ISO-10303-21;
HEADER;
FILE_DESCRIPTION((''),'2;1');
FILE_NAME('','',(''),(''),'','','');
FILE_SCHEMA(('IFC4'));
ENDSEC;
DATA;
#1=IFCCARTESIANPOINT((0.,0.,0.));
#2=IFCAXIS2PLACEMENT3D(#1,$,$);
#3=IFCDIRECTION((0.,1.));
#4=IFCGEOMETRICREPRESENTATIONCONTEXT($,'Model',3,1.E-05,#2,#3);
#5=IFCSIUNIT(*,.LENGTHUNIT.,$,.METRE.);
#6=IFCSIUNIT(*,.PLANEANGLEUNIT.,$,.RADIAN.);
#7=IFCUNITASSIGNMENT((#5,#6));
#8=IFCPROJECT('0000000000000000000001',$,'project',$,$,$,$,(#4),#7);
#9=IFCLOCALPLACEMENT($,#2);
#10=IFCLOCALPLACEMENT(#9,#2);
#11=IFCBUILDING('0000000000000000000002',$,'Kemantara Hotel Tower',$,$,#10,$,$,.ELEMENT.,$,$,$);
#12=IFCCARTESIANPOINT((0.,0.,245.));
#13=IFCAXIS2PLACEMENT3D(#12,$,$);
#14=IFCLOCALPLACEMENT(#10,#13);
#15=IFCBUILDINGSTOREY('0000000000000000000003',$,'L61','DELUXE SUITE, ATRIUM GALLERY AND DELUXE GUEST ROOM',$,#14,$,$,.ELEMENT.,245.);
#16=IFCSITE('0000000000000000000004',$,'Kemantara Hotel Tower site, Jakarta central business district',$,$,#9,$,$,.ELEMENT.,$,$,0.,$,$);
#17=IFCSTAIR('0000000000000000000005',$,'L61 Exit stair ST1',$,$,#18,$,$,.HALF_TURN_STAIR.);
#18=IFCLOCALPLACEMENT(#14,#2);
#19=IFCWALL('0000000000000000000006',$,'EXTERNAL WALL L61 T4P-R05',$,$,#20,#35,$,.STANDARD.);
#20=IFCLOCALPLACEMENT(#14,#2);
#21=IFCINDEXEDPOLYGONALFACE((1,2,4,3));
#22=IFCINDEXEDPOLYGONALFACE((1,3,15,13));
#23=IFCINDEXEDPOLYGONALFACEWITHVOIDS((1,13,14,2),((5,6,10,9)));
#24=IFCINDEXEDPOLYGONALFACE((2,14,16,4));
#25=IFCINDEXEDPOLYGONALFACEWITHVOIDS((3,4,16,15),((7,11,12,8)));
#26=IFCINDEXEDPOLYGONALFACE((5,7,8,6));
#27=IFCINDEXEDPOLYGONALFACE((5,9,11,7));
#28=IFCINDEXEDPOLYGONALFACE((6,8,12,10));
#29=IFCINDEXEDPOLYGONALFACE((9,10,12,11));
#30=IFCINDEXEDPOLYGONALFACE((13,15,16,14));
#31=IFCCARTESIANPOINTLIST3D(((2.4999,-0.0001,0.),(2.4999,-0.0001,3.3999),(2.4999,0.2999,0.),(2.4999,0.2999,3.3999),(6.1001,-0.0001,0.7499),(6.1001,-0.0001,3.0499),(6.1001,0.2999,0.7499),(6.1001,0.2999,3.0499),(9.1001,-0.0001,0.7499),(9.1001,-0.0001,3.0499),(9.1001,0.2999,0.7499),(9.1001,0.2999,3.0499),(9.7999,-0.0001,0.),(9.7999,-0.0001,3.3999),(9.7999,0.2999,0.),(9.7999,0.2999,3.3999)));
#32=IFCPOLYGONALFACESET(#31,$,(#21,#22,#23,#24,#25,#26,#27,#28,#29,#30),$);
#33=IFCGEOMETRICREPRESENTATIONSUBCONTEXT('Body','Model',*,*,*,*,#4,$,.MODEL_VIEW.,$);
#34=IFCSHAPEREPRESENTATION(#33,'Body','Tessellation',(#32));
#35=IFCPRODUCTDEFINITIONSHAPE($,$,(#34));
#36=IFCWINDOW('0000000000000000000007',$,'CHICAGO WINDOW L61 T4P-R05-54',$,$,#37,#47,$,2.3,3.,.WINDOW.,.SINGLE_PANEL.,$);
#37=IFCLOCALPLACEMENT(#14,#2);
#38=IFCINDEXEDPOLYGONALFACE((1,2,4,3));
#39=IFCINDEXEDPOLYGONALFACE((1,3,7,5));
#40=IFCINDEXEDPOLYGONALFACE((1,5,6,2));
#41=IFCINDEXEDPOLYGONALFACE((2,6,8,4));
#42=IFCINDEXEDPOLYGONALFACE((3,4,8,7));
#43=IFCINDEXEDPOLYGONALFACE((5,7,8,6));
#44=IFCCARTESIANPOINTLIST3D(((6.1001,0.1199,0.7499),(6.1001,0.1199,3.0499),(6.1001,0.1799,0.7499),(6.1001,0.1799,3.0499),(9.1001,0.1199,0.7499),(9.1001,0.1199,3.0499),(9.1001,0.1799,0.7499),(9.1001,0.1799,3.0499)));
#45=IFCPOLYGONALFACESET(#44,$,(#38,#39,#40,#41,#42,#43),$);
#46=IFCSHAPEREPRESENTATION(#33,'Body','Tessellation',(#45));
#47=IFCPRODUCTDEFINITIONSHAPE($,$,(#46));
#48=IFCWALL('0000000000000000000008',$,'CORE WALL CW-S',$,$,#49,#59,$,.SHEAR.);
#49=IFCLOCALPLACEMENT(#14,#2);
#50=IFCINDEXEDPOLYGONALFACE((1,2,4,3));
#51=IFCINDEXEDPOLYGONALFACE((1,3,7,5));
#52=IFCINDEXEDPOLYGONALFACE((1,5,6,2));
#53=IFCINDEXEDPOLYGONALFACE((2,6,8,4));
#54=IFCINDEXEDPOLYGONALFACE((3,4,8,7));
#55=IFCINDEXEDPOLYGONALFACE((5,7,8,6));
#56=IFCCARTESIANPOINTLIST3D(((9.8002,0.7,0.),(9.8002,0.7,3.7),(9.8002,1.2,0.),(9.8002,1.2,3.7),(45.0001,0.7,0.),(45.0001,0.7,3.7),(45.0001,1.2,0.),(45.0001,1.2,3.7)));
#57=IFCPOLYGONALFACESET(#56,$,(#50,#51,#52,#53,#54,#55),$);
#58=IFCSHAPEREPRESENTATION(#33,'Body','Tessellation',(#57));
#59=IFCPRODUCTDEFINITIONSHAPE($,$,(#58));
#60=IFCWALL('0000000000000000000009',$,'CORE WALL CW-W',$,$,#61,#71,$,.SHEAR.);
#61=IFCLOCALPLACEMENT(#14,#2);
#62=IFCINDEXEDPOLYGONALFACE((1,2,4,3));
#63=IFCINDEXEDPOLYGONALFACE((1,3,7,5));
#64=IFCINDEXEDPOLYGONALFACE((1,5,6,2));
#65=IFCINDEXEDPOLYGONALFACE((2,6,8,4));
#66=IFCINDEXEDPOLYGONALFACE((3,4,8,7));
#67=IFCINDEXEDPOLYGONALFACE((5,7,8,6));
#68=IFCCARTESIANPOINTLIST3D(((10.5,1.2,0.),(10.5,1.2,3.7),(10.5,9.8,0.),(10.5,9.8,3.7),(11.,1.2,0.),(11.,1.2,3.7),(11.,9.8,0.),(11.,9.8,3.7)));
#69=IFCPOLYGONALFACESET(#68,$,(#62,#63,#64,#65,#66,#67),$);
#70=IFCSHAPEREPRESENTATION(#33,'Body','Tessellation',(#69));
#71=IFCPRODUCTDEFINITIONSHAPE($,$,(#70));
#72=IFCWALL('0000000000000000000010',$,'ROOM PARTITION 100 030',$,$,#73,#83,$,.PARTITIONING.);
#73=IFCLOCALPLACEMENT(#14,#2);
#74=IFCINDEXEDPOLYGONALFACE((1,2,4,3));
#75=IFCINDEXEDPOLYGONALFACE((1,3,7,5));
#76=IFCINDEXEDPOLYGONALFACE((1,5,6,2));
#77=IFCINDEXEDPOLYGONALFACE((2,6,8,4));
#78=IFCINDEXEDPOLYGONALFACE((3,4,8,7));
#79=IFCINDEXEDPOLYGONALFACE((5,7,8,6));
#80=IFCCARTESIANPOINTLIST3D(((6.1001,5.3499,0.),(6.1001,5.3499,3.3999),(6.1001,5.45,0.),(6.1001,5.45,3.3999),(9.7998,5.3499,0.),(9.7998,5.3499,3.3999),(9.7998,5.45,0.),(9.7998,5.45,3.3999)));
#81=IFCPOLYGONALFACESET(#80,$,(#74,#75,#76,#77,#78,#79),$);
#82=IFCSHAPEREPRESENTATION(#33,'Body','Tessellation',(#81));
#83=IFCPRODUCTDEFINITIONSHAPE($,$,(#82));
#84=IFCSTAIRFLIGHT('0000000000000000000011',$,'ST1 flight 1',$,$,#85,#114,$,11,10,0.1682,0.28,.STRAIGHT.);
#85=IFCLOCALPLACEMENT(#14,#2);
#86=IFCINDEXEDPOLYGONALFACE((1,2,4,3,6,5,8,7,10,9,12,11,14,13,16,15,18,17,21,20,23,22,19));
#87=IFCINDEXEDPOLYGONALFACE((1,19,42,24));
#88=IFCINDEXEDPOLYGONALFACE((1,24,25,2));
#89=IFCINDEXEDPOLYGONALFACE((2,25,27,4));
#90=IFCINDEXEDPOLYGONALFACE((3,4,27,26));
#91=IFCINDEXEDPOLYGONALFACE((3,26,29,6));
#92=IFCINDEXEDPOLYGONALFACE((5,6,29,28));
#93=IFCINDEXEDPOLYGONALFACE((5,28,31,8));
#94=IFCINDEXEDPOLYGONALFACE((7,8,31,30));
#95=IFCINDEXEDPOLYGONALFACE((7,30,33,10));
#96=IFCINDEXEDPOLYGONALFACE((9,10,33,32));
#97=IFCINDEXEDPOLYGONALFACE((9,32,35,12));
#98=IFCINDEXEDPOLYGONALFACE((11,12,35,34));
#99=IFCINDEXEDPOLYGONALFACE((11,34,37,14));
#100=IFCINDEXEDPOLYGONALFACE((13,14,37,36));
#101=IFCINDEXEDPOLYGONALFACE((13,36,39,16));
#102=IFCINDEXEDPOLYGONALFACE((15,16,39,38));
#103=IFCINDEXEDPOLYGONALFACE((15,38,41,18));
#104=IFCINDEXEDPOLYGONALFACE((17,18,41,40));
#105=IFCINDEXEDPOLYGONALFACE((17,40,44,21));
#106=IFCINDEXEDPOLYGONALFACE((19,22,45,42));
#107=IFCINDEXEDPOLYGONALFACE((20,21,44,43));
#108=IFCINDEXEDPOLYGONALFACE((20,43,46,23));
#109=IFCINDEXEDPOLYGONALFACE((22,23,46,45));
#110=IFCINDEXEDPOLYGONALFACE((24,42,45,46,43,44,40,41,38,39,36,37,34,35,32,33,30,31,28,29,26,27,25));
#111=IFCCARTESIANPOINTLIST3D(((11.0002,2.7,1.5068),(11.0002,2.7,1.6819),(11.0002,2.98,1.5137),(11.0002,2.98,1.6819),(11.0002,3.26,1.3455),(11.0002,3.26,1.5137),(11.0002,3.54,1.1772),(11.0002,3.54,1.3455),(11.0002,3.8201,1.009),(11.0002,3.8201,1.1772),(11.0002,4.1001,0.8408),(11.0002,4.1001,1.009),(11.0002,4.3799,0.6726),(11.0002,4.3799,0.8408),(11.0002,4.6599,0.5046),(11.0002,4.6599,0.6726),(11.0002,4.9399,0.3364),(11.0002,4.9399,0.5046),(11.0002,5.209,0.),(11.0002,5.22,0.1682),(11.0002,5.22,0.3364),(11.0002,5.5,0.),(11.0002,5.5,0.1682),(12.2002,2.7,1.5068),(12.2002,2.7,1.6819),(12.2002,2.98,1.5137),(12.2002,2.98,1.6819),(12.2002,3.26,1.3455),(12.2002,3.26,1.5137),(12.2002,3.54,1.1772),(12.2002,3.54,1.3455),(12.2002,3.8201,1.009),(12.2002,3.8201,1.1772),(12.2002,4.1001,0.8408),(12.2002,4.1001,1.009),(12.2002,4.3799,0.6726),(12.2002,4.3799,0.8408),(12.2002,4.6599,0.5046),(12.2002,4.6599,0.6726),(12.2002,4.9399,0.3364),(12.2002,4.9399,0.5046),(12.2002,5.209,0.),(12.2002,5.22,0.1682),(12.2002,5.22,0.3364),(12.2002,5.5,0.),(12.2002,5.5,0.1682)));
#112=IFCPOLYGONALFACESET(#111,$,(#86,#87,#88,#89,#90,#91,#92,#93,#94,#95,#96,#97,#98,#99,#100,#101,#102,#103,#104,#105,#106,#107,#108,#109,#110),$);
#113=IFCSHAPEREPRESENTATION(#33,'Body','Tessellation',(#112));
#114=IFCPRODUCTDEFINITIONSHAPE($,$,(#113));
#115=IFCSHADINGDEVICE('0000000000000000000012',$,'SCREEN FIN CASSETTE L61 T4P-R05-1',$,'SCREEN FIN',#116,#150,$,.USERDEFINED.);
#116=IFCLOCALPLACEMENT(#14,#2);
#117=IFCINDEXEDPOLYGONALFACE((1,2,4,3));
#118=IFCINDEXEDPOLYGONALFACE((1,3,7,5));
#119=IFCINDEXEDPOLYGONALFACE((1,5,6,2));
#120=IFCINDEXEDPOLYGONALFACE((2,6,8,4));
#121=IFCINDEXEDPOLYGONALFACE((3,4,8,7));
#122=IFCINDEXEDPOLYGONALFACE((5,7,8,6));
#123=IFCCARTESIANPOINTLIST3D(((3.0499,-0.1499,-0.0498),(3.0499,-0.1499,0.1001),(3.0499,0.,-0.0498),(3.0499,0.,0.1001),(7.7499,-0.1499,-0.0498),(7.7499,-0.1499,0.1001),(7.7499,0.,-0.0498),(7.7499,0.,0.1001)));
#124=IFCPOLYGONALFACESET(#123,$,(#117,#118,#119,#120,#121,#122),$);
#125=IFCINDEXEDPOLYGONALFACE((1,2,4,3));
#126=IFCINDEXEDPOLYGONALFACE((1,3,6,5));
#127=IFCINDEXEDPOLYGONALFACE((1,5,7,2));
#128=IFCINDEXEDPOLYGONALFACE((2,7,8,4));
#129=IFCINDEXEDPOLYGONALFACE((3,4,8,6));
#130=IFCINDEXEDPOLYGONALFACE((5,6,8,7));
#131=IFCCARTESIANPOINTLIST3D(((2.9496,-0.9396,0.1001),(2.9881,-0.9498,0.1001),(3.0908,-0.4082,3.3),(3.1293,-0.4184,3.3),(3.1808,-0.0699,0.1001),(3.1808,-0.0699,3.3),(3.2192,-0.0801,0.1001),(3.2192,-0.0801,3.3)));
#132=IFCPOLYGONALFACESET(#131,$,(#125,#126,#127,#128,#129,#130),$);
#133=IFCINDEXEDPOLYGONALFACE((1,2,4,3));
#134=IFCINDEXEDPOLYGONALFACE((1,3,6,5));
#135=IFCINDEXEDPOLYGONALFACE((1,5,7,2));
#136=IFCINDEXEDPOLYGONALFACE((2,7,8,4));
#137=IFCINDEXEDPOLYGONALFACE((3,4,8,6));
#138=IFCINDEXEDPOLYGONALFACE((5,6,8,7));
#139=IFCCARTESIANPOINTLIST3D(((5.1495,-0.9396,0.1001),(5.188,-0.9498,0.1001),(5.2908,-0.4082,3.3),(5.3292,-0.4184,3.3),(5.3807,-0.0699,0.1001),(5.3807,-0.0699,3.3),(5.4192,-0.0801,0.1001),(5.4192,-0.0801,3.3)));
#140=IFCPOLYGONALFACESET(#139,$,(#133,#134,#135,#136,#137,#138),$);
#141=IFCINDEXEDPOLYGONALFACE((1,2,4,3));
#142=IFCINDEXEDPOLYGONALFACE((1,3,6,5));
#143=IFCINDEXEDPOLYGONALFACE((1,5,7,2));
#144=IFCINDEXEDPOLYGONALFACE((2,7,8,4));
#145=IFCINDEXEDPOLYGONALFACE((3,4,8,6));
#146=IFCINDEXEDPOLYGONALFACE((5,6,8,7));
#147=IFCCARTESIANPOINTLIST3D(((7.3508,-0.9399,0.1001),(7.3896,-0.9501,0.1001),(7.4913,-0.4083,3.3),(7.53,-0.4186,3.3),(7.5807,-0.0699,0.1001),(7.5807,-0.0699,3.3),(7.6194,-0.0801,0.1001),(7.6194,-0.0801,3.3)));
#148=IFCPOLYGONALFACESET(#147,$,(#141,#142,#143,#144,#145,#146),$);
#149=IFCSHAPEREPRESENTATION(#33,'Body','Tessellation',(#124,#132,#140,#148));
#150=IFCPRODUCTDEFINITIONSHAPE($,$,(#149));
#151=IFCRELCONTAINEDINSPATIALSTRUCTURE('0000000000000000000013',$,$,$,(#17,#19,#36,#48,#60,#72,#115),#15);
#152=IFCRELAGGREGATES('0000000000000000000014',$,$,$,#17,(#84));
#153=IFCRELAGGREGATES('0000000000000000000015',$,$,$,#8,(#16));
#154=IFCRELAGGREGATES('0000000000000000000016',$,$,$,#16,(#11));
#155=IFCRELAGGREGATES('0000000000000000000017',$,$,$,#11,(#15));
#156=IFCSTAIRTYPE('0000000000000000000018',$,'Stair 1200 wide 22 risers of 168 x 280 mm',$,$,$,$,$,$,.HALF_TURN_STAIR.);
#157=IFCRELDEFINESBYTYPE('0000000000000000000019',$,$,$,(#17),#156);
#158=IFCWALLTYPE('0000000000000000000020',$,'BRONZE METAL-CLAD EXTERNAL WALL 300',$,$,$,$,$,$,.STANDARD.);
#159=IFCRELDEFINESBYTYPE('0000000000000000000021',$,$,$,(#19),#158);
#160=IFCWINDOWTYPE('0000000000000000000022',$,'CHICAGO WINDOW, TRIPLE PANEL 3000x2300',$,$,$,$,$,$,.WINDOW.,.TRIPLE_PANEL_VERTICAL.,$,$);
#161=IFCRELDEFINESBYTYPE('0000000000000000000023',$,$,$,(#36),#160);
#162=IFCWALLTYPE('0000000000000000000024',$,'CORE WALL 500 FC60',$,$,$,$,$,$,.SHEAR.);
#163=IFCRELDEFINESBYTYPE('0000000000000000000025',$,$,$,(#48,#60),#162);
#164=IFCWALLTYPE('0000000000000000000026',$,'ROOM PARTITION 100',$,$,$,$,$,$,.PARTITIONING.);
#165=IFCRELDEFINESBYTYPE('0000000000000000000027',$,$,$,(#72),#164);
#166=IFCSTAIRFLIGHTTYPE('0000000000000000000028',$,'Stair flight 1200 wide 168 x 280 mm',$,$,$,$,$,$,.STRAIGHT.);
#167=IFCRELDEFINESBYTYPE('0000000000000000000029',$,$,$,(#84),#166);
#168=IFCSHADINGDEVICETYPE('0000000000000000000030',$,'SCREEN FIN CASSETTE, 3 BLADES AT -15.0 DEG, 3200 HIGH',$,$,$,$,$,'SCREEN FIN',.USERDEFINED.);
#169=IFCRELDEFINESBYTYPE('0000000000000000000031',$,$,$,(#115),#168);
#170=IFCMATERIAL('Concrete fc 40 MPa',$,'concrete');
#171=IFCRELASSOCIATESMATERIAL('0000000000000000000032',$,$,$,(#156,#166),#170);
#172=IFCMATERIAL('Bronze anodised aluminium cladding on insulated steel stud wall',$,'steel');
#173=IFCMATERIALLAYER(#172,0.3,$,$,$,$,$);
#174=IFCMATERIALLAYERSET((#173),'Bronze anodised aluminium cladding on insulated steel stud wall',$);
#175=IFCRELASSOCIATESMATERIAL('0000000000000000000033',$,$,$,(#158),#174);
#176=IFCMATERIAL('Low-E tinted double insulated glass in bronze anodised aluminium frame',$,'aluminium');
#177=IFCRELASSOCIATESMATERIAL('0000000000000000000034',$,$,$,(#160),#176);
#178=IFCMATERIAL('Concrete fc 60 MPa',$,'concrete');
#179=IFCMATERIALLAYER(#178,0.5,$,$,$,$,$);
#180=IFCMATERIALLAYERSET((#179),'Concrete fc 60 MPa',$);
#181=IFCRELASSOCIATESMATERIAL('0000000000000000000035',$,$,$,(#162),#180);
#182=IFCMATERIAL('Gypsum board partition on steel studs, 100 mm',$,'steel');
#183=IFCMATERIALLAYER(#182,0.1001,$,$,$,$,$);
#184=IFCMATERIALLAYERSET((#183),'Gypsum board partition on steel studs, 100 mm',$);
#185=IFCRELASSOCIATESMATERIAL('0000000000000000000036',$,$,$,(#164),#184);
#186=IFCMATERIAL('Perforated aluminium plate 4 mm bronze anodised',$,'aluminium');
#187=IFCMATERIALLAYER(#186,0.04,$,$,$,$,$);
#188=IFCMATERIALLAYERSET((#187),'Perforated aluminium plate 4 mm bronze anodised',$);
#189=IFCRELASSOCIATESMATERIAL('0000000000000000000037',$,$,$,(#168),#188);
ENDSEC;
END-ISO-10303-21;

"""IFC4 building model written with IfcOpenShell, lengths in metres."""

from ifc_helpers import new_model, si_unit, direction, frame, frame_2d, origin, origin_2d, place, context, subcontext, project, spatial, polyline, rectangle, outline, extrude, source, transform, mapped, material, layer, layer_set, type_object, element, fill, aggregate, save


model = new_model("IFC4")

# Units and contexts
model_context = context("Model", 3, precision=1e-05, world=origin(), true_north=direction((0.0, 1.0)))
body_context = subcontext(model_context, "Body", "Model", "MODEL_VIEW")
ifc_project = project(units=[si_unit("LENGTHUNIT", "METRE"), si_unit("PLANEANGLEUNIT", "RADIAN")], contexts=[model_context])

# Site, building, storey
site_placement = place(None, origin())
site = spatial("IfcSite", under=ifc_project, at=site_placement, Name="Kemantara Hotel Tower site, Jakarta central business district", CompositionType="ELEMENT", RefElevation=0.0)
building_placement = place(site_placement, origin())
building = spatial("IfcBuilding", under=site, at=building_placement, Name="Kemantara Hotel Tower", CompositionType="ELEMENT")
storey_placement = place(building_placement, frame((0.0, 0.0, 245.0)))
storey = spatial("IfcBuildingStorey", under=building, at=storey_placement, Name="L61", Description="DELUXE SUITE, ATRIUM GALLERY AND DELUXE GUEST ROOM", CompositionType="ELEMENT", Elevation=245.0)

# Shared definitions
ifc_material_1 = material(Name="Concrete fc 60 MPa", Category="concrete")

# Shared definitions
ifc_material_2 = material(Name="Concrete fc 40 MPa", Category="concrete")

# Stair
stair_type_1 = type_object("IfcStairType", Name="Stair 1200 wide 22 risers of 168 x 280 mm", PredefinedType="HALF_TURN_STAIR", material=ifc_material_2)
stair_1_placement = place(storey_placement, origin())
stair_1 = element("IfcStair", 1, at=stair_1_placement, inside=storey, type_object=stair_type_1, Name="L61 Exit stair ST1", PredefinedType="HALF_TURN_STAIR")

# Shared definitions
ifc_material_3 = material(Name="Bronze anodised aluminium cladding on insulated steel stud wall", Category="steel")
ifc_layer_1 = layer(ifc_material_3, 0.3)
ifc_layer_set_1 = layer_set([ifc_layer_1], Name="Bronze anodised aluminium cladding on insulated steel stud wall")
wall_type_1 = type_object("IfcWallType", Name="BRONZE METAL-CLAD EXTERNAL WALL 300", PredefinedType="STANDARD", material=ifc_layer_set_1)

# Wall, opening, window
wall_1_placement = place(storey_placement, frame((2.5, 0.1499, 0.0), z_axis=(0.0, 0.0, 1.0), x_axis=(1.0, 0.0, 0.0)))
wall_1 = element("IfcWall", 2, at=wall_1_placement, inside=storey, type_object=wall_type_1, Name="EXTERNAL WALL L61 T4P-R05", PredefinedType="STANDARD", context=body_context, shape_type="SweptSolid", body=[
    extrude(rectangle(XDim=7.3, YDim=0.3, at=frame_2d((3.6499, 0.0))), origin(), (0.0, 0.0, 1.0), 3.3999),
])
opening_placement = place(wall_1_placement, frame((3.6001, 0.0, 0.75)))
opening = element("IfcOpeningElement", 3, at=opening_placement, cuts=wall_1, PredefinedType="OPENING", context=body_context, shape_type="SweptSolid", body=[
    extrude(rectangle(XDim=3.0, YDim=2.3, at=frame_2d((1.5, 1.1499))), frame((0.0, 0.1599, 0.0), z_axis=(0.0, -1.0, 0.0), x_axis=(1.0, 0.0, 0.0)), (0.0, 0.0, 1.0), 0.3201),
])
ifc_material_4 = material(Name="Low-E tinted double insulated glass in bronze anodised aluminium frame", Category="aluminium")
window_type = type_object("IfcWindowType", Name="CHICAGO WINDOW, TRIPLE PANEL 3000x2300", PartitioningType="TRIPLE_PANEL_VERTICAL", PredefinedType="WINDOW", material=ifc_material_4)
window_placement = place(opening_placement, origin())
window = element("IfcWindow", 4, at=window_placement, inside=storey, type_object=window_type, Name="CHICAGO WINDOW L61 T4P-R05-54", OverallHeight=2.3, OverallWidth=3.0, PartitioningType="SINGLE_PANEL", PredefinedType="WINDOW", context=body_context, shape_type="SweptSolid", body=[
    extrude(rectangle(XDim=3.0, YDim=2.3, at=frame_2d((1.5, 1.1499))), frame((0.0, 0.03, 0.0), z_axis=(0.0, -1.0, 0.0), x_axis=(1.0, 0.0, 0.0)), (0.0, 0.0, 1.0), 0.0601),
])
fill(opening, window)

# Walls
ifc_layer_2 = layer(ifc_material_1, 0.5)
ifc_layer_set_2 = layer_set([ifc_layer_2], Name="Concrete fc 60 MPa")
wall_type_2 = type_object("IfcWallType", Name="CORE WALL 500 FC60", PredefinedType="SHEAR", material=ifc_layer_set_2)
wall_2_placement = place(storey_placement, frame((9.8, 0.95, 0.0), z_axis=(0.0, 0.0, 1.0), x_axis=(1.0, 0.0, 0.0)))
element("IfcWall", 5, at=wall_2_placement, inside=storey, type_object=wall_type_2, Name="CORE WALL CW-S", PredefinedType="SHEAR", context=body_context, shape_type="SweptSolid", body=[
    extrude(rectangle(XDim=35.2, YDim=0.5, at=frame_2d((17.6001, 0.0))), origin(), (0.0, 0.0, 1.0), 3.7),
])
wall_3_placement = place(storey_placement, frame((10.75, 1.2, 0.0), z_axis=(0.0, 0.0, 1.0), x_axis=(0.0, 1.0, 0.0)))
element("IfcWall", 6, at=wall_3_placement, inside=storey, type_object=wall_type_2, Name="CORE WALL CW-W", PredefinedType="SHEAR", context=body_context, shape_type="SweptSolid", body=[
    extrude(rectangle(XDim=8.6001, YDim=0.5, at=frame_2d((4.3, 0.0))), origin(), (0.0, 0.0, 1.0), 3.7),
])
ifc_material_5 = material(Name="Gypsum board partition on steel studs, 100 mm", Category="steel")
ifc_layer_3 = layer(ifc_material_5, 0.1001)
ifc_layer_set_3 = layer_set([ifc_layer_3], Name="Gypsum board partition on steel studs, 100 mm")
wall_type_3 = type_object("IfcWallType", Name="ROOM PARTITION 100", PredefinedType="PARTITIONING", material=ifc_layer_set_3)
wall_4_placement = place(storey_placement, frame((6.1001, 5.3999, 0.0), z_axis=(0.0, 0.0, 1.0), x_axis=(1.0, 0.0, 0.0)))
element("IfcWall", 7, at=wall_4_placement, inside=storey, type_object=wall_type_3, Name="ROOM PARTITION 100 030", PredefinedType="PARTITIONING", context=body_context, shape_type="SweptSolid", body=[
    extrude(rectangle(XDim=3.6997, YDim=0.1001, at=frame_2d((1.8499, 0.0))), origin(), (0.0, 0.0, 1.0), 3.3999),
])

# Stair flight
stair_flight_type = type_object("IfcStairFlightType", Name="Stair flight 1200 wide 168 x 280 mm", PredefinedType="STRAIGHT", material=ifc_material_2)
stair_flight_placement = place(storey_placement, frame((11.6001, 5.5, 0.0), z_axis=(0.0, 0.0, 1.0), x_axis=(0.0, -1.0, 0.0)))
stair_flight = element("IfcStairFlight", 8, at=stair_flight_placement, type_object=stair_flight_type, Name="ST1 flight 1", NumberOfRisers=11, NumberOfTreads=10, PredefinedType="STRAIGHT", RiserHeight=0.1682, TreadLength=0.28, context=body_context, shape_type="SweptSolid", body=[
    extrude(outline(polyline([(0.0, 0.0), (0.0, 0.1682), (0.28, 0.1682), (0.28, 0.3364), (0.5601, 0.3364), (0.5601, 0.5046), (0.8401, 0.5046), (0.8401, 0.6726), (1.1201, 0.6726), (1.1201, 0.8408), (1.3999, 0.8408), (1.3999, 1.009), (1.6799, 1.009), (1.6799, 1.1772), (1.96, 1.1772), (1.96, 1.3455), (2.24, 1.3455), (2.24, 1.5137), (2.52, 1.5137), (2.52, 1.6819), (2.8, 1.6819), (2.8, 1.8501), (2.8, 1.5068), (0.291, 0.0), (0.0, 0.0)])), frame((0.0, 0.6001, 0.0), z_axis=(0.0, -1.0, 0.0), x_axis=(1.0, 0.0, 0.0)), (0.0, 0.0, 1.0), 1.2),
])
aggregate(stair_1, [stair_flight])

# Shading device
ifc_material_6 = material(Name="Perforated aluminium plate 4 mm bronze anodised", Category="aluminium")
ifc_layer_4 = layer(ifc_material_6, 0.04)
ifc_layer_set_4 = layer_set([ifc_layer_4], Name="Perforated aluminium plate 4 mm bronze anodised")
shading_device_type_1 = type_object("IfcShadingDeviceType", Name="SCREEN FIN CASSETTE, 3 BLADES AT -15.0 DEG, 3200 HIGH", ElementType="SCREEN FIN", PredefinedType="USERDEFINED", material=ifc_layer_set_4)
shared_shape_1 = source(origin(), body_context, "Body", "SweptSolid", [
    extrude(rectangle(XDim=4.7, YDim=0.1499, at=origin_2d()), frame((2.2, -0.075, -0.1499), z_axis=(0.0, 0.0, 1.0), x_axis=(1.0, 0.0, 0.0)), (0.0, 0.0, 1.0), 0.1499),
    extrude(outline(polyline([(0.0, 0.0), (0.8999, 0.0), (0.3501, 3.2), (0.0, 3.2), (0.0, 0.0)])), frame((0.0193, -0.0801, 0.0), z_axis=(-0.966438, 0.256901, 0.0), x_axis=(-0.256901, -0.966438, 0.0)), (0.0, 0.0, 1.0), 0.0398),
    extrude(outline(polyline([(0.0, 0.0), (0.8999, 0.0), (0.3501, 3.2), (0.0, 3.2), (0.0, 0.0)])), frame((2.2192, -0.0801, 0.0), z_axis=(-0.966438, 0.256901, 0.0), x_axis=(-0.256901, -0.966438, 0.0)), (0.0, 0.0, 1.0), 0.0398),
    extrude(outline(polyline([(0.0, 0.0), (0.8999, 0.0), (0.3501, 3.2), (0.0, 3.2), (0.0, 0.0)])), frame((4.4194, -0.0801, 0.0), z_axis=(-0.966838, 0.255391, 0.0), x_axis=(-0.255391, -0.966838, 0.0)), (0.0, 0.0, 1.0), 0.04),
])
shading_device_1_placement = place(storey_placement, frame((3.2, 0.0, 0.1001), z_axis=(0.0, 0.0, 1.0), x_axis=(1.0, 0.0, 0.0)))
element("IfcShadingDevice", 9, at=shading_device_1_placement, inside=storey, type_object=shading_device_type_1, Name="SCREEN FIN CASSETTE L61 T4P-R05-1", ObjectType="SCREEN FIN", PredefinedType="USERDEFINED", context=body_context, shape_type="MappedRepresentation", body=[
    mapped(shared_shape_1, transform((0.0, 0.0, 0.0))),
])

save(model, "model.ifc")
